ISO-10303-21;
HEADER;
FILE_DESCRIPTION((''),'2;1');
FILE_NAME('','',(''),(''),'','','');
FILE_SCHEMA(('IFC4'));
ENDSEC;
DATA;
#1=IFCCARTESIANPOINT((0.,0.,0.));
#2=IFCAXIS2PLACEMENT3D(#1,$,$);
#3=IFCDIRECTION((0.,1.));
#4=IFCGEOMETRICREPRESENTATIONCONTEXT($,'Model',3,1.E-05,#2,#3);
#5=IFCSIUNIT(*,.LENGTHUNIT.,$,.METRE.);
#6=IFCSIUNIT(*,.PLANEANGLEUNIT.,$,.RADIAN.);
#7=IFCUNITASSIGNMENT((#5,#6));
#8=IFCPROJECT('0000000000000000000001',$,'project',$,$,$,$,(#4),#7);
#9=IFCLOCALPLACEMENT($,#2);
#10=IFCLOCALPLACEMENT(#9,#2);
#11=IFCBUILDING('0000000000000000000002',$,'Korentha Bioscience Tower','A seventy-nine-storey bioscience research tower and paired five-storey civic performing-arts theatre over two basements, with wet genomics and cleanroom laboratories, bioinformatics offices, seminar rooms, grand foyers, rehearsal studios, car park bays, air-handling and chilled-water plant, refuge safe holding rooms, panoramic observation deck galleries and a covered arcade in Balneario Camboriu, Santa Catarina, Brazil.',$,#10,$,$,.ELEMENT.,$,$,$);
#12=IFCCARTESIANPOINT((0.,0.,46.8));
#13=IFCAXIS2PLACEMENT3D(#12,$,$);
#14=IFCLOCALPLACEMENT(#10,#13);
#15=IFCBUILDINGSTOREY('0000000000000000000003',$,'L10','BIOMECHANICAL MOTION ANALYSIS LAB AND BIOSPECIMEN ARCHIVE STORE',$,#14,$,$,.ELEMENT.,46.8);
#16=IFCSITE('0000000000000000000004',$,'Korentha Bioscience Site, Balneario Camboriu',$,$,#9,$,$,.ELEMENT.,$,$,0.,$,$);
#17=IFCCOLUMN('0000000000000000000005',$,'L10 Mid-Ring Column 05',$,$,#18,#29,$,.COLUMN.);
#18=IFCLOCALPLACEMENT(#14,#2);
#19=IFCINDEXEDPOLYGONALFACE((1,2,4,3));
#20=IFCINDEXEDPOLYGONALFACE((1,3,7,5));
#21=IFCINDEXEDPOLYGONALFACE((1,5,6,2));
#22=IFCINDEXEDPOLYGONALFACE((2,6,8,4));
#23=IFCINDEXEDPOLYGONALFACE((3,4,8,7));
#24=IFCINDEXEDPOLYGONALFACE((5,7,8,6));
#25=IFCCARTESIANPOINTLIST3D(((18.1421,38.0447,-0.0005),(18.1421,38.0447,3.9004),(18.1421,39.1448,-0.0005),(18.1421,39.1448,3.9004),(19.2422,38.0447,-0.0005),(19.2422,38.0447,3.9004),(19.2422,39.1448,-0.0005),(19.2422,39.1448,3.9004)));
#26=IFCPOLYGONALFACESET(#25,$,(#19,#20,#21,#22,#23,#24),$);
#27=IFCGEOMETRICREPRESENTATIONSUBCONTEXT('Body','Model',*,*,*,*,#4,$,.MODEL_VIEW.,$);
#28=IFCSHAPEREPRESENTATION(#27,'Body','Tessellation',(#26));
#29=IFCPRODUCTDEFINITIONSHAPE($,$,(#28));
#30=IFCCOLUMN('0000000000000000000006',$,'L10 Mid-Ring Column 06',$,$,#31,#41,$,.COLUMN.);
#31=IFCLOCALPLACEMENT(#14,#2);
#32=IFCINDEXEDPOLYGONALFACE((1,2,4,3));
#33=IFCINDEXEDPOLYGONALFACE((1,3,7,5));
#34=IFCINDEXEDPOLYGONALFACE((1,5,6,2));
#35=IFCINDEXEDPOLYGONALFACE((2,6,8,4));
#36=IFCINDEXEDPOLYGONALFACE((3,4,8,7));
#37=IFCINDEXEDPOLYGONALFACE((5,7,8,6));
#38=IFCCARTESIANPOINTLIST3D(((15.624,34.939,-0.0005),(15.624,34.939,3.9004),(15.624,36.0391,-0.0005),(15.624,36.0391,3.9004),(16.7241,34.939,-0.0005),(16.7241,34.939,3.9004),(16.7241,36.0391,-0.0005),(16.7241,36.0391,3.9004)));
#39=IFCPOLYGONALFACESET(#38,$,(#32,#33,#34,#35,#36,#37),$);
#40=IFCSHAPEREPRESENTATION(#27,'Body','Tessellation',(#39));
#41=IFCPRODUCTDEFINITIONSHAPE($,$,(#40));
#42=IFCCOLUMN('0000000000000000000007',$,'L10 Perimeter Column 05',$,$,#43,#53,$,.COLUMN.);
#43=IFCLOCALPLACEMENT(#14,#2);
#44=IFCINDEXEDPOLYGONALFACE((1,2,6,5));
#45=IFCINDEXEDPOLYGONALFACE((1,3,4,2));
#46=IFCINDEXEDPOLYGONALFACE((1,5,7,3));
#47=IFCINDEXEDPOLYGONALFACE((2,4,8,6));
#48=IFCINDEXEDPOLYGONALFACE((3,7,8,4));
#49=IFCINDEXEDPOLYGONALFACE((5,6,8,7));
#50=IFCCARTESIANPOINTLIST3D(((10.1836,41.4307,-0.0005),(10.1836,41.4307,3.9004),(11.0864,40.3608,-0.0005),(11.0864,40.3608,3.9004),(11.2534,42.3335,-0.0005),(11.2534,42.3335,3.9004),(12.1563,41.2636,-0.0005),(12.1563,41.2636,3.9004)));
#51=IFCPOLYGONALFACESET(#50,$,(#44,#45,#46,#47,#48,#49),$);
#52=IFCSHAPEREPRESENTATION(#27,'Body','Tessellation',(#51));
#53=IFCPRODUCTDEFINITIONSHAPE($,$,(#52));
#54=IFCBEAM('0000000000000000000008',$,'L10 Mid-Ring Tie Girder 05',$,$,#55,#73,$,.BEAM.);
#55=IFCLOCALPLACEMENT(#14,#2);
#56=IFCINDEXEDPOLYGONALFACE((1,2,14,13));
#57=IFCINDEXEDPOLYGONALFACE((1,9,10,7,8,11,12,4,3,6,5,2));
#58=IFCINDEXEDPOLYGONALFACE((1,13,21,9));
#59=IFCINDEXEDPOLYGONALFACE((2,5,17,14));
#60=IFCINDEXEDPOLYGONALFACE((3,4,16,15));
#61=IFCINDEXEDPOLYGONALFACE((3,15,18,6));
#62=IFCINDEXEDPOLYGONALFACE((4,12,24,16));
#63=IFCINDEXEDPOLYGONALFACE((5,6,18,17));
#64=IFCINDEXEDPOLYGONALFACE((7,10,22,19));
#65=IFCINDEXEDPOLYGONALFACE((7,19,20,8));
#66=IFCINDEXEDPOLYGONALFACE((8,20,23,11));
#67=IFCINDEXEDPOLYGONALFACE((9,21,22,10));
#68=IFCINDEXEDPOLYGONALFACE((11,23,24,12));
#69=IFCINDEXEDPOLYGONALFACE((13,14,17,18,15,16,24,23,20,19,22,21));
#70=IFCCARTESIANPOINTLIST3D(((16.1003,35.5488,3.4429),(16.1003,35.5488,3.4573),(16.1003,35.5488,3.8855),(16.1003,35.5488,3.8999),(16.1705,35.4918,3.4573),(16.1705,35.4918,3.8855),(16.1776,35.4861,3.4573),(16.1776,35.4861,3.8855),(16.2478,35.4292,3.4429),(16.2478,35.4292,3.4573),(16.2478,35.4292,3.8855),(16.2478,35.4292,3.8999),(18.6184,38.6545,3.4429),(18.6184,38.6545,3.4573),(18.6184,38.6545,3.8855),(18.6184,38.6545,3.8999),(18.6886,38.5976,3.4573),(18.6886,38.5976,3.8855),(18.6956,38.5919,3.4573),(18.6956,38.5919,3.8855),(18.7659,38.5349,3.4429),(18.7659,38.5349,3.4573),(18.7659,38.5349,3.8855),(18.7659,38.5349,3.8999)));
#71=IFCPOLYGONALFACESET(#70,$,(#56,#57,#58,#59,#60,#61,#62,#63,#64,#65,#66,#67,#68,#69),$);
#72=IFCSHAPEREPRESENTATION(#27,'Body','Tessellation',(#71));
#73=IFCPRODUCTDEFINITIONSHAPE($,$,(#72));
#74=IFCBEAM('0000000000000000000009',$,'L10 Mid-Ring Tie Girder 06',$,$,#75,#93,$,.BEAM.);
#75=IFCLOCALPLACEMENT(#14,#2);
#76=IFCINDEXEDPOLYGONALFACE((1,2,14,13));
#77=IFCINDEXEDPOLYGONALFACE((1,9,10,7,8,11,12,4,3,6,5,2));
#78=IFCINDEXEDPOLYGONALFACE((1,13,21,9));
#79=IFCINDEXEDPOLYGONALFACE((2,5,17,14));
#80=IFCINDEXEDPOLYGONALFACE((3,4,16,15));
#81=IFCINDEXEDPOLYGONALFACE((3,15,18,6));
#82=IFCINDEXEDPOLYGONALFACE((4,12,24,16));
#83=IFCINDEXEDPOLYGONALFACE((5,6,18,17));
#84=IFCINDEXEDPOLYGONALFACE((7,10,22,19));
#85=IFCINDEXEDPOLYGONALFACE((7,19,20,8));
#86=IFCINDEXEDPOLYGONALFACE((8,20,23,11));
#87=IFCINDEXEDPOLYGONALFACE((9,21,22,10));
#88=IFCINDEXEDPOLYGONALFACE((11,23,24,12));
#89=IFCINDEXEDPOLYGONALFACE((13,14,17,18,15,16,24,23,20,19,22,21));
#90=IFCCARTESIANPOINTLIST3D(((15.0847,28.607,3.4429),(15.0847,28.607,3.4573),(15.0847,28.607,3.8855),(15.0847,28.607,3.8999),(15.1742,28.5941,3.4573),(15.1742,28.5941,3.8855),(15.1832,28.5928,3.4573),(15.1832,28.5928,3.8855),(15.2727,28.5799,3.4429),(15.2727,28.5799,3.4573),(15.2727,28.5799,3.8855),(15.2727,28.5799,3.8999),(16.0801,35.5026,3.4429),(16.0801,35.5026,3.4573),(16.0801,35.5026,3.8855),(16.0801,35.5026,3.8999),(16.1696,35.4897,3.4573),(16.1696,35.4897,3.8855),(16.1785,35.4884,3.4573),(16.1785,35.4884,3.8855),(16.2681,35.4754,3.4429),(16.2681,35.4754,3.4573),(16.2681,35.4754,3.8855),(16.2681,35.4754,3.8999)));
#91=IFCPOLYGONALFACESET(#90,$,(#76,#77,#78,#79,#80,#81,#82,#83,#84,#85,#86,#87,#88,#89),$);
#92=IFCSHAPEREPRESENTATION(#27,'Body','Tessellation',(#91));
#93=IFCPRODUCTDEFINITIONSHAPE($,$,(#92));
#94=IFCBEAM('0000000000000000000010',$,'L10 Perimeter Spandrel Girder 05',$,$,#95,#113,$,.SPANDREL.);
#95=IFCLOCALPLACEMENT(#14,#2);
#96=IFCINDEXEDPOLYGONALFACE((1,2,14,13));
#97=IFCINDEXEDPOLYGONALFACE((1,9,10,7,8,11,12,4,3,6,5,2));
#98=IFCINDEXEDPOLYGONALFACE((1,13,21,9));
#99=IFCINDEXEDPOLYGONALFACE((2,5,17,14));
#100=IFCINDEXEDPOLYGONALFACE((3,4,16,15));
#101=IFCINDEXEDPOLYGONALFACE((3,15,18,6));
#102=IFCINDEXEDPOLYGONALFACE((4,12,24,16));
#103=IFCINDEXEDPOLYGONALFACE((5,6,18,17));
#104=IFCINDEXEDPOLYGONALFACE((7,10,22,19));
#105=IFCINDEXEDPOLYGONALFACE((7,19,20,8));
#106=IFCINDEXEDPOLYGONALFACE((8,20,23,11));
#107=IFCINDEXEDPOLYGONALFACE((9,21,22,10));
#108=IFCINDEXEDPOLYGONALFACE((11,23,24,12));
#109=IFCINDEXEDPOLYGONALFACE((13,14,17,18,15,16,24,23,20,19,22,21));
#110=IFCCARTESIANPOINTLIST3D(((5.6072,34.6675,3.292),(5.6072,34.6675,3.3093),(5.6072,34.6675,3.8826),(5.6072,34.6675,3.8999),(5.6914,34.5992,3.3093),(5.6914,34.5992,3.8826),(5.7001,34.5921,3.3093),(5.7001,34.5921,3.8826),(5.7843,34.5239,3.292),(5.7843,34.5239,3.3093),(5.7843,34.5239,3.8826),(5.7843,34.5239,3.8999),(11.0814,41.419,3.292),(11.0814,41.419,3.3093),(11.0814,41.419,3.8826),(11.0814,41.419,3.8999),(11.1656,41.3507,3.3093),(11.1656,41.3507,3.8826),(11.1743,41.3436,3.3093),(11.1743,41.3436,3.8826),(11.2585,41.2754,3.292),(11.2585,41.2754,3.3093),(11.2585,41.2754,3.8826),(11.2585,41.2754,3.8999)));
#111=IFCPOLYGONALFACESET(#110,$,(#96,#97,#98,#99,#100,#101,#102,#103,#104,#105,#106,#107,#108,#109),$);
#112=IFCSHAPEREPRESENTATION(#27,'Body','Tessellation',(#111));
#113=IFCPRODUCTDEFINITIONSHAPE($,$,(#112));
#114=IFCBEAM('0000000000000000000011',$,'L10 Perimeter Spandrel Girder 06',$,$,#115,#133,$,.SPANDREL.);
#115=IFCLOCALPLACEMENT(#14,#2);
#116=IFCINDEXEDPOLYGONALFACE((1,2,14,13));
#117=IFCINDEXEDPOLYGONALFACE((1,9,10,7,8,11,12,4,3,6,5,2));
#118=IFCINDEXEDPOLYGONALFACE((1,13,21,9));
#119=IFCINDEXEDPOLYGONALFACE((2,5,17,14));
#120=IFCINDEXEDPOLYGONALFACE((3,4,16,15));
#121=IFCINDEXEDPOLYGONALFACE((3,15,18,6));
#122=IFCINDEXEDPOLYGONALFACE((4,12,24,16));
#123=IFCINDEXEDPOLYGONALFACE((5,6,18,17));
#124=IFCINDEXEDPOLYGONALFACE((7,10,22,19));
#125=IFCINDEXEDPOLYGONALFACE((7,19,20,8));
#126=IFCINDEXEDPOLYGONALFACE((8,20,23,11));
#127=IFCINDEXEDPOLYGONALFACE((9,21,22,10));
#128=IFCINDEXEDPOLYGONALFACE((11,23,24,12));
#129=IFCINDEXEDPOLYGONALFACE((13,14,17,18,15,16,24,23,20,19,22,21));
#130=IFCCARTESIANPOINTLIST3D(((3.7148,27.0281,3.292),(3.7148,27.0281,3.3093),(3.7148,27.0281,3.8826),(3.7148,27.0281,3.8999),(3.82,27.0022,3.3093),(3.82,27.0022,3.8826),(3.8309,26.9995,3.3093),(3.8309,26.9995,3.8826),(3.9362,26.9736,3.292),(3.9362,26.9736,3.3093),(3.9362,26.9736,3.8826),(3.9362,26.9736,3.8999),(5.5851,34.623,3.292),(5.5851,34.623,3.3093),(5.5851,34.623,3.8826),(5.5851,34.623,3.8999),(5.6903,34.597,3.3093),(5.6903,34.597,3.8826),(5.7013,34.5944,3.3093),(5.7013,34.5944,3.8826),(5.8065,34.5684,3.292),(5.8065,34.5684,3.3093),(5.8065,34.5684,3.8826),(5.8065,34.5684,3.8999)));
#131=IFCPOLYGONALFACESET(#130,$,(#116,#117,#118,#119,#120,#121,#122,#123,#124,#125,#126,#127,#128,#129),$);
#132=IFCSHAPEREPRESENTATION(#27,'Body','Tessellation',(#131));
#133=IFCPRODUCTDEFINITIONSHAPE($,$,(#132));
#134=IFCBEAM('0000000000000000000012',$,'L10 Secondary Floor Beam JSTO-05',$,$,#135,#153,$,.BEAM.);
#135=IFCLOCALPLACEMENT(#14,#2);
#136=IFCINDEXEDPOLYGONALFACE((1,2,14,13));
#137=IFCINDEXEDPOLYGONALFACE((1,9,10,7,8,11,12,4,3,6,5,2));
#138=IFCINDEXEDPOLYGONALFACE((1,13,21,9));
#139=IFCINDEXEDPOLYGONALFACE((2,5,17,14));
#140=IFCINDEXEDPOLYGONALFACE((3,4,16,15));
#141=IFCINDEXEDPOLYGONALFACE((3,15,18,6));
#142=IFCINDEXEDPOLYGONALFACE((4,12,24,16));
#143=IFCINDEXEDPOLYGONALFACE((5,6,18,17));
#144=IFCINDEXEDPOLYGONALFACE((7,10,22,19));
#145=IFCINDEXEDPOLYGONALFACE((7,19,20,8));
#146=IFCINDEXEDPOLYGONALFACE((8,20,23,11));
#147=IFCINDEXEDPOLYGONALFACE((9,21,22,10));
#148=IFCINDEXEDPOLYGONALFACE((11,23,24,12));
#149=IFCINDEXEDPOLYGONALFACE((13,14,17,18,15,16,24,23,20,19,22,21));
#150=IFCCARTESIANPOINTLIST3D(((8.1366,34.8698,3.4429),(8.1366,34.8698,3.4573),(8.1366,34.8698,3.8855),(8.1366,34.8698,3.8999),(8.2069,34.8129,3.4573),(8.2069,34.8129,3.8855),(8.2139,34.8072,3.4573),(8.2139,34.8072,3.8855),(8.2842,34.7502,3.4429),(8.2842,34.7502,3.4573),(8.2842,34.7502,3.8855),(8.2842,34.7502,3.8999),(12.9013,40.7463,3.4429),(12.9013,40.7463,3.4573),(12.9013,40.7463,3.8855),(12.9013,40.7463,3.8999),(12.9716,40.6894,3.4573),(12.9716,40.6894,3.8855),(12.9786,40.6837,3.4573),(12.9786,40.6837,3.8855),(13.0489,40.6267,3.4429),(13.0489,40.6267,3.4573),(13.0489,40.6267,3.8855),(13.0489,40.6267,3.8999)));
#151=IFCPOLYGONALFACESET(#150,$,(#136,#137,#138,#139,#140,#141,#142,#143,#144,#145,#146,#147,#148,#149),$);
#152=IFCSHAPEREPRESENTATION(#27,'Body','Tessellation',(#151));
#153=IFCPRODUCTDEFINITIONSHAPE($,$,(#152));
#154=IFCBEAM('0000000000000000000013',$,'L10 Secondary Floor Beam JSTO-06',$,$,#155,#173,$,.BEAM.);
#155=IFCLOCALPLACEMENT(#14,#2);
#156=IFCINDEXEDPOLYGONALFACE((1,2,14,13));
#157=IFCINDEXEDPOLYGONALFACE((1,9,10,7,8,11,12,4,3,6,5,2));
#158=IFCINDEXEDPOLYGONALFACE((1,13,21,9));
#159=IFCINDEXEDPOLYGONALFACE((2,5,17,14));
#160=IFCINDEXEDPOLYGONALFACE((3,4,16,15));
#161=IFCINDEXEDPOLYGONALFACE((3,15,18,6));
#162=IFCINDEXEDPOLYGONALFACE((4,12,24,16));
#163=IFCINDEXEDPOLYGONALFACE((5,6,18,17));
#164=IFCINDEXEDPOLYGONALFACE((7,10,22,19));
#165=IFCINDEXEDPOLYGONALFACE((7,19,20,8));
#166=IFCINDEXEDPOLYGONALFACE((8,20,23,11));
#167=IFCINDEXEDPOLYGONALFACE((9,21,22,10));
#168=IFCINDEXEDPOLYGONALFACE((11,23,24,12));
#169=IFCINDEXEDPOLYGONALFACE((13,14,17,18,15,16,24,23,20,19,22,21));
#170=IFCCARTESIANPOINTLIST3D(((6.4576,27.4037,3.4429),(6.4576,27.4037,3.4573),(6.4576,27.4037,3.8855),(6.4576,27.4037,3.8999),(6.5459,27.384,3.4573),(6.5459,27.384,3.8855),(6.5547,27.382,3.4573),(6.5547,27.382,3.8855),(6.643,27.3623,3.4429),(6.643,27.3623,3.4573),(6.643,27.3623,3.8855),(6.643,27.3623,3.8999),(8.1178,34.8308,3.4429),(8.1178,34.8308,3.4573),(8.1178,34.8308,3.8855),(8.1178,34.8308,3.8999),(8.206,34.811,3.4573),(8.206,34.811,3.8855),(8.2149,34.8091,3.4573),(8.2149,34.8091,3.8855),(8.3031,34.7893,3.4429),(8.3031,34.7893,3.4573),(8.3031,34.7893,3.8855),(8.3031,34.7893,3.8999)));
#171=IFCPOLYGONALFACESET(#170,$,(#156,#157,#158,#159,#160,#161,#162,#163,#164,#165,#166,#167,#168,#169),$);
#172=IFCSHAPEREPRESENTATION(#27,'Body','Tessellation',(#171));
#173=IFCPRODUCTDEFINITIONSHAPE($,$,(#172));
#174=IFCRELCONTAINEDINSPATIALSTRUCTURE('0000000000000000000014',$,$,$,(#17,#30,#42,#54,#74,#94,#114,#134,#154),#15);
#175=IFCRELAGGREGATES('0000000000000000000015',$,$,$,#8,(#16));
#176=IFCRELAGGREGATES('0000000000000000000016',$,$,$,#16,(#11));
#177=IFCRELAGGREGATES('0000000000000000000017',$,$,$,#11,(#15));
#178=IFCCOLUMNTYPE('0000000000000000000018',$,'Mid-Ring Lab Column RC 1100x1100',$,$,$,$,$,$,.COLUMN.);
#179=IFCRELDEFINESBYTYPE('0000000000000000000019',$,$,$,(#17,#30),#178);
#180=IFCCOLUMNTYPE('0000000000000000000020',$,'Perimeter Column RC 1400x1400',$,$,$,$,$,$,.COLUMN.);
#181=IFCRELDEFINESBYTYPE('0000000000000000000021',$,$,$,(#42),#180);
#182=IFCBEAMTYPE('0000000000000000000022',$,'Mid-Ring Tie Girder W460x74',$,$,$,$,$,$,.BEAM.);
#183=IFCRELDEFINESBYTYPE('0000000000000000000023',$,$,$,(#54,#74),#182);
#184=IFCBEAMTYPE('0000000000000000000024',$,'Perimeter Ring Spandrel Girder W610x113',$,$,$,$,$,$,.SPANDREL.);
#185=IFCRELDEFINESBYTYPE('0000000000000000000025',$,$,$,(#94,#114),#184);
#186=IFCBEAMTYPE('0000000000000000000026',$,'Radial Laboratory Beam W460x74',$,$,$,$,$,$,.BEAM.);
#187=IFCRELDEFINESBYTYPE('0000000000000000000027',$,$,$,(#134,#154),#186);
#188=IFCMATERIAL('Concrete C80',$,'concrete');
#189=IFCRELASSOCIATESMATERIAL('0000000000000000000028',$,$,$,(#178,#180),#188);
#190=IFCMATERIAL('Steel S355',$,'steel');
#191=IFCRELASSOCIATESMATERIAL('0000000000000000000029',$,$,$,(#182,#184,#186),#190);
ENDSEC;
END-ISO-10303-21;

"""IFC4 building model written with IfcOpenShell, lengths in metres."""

from ifc_helpers import new_model, si_unit, direction, frame, origin, origin_2d, place, context, subcontext, project, spatial, rectangle, i_section, extrude, material, material_profile, profile_set, type_object, element, save


model = new_model("IFC4")

# Units and contexts
model_context = context("Model", 3, precision=1e-05, world=origin(), true_north=direction((0.0, 1.0)))
body_context = subcontext(model_context, "Body", "Model", "MODEL_VIEW")
ifc_project = project(units=[si_unit("LENGTHUNIT", "METRE"), si_unit("PLANEANGLEUNIT", "RADIAN")], contexts=[model_context])

# Site, building, storey
site_placement = place(None, origin())
site = spatial("IfcSite", under=ifc_project, at=site_placement, Name="Korentha Bioscience Site, Balneario Camboriu", CompositionType="ELEMENT", RefElevation=0.0)
building_placement = place(site_placement, origin())
building = spatial("IfcBuilding", under=site, at=building_placement, Name="Korentha Bioscience Tower", Description="A seventy-nine-storey bioscience research tower and paired five-storey civic performing-arts theatre over two basements, with wet genomics and cleanroom laboratories, bioinformatics offices, seminar rooms, grand foyers, rehearsal studios, car park bays, air-handling and chilled-water plant, refuge safe holding rooms, panoramic observation deck galleries and a covered arcade in Balneario Camboriu, Santa Catarina, Brazil.", CompositionType="ELEMENT")
storey_placement = place(building_placement, frame((0.0, 0.0, 46.8)))
storey = spatial("IfcBuildingStorey", under=building, at=storey_placement, Name="L10", Description="BIOMECHANICAL MOTION ANALYSIS LAB AND BIOSPECIMEN ARCHIVE STORE", CompositionType="ELEMENT", Elevation=46.8)

# Columns
ifc_material_1 = material(Name="Concrete C80", Category="concrete")
ifc_material_profile_1 = material_profile(ifc_material_1, rectangle(XDim=1.1001, YDim=1.1001, at=origin_2d()), Name="Concrete C80")
ifc_profile_set_1 = profile_set([ifc_material_profile_1], Name="Concrete C80 (COL-MR11)")
column_type_1 = type_object("IfcColumnType", Name="Mid-Ring Lab Column RC 1100x1100", PredefinedType="COLUMN", material=ifc_profile_set_1)
for number, where, z_axis, x_axis, name in (
    (1, (18.6921, 38.5947, -0.0005), (0.0, 0.0, 1.0), (1.0, 0.0, 0.0), "L10 Mid-Ring Column 05"),
    (2, (16.1741, 35.489, -0.0005), (0.0, 0.0, 1.0), (1.0, 0.0, 0.0), "L10 Mid-Ring Column 06"),
):
    element("IfcColumn", number, at=place(storey_placement, frame(where, z_axis=z_axis, x_axis=x_axis)), inside=storey, type_object=column_type_1, Name=name, PredefinedType="COLUMN", context=body_context, shape_type="SweptSolid", body=[
        extrude(rectangle(XDim=1.1001, YDim=1.1001, at=origin_2d()), origin(), (0.0, 0.0, 1.0), 3.9009),
    ])
ifc_material_profile_2 = material_profile(ifc_material_1, rectangle(XDim=1.3999, YDim=1.3999, at=origin_2d()), Name="Concrete C80")
ifc_profile_set_2 = profile_set([ifc_material_profile_2], Name="Concrete C80 (COL-P14)")
column_type_2 = type_object("IfcColumnType", Name="Perimeter Column RC 1400x1400", PredefinedType="COLUMN", material=ifc_profile_set_2)
column_placement = place(storey_placement, frame((11.1699, 41.3472, -0.0005), z_axis=(0.0, 0.0, 1.0), x_axis=(0.764246, 0.644924, 0.0)))
element("IfcColumn", 3, at=column_placement, inside=storey, type_object=column_type_2, Name="L10 Perimeter Column 05", PredefinedType="COLUMN", context=body_context, shape_type="SweptSolid", body=[
    extrude(rectangle(XDim=1.3999, YDim=1.3999, at=origin_2d()), origin(), (0.0, 0.0, 1.0), 3.9009),
])

# Beams
ifc_material_2 = material(Name="Steel S355", Category="steel")
ifc_material_profile_3 = material_profile(ifc_material_2, i_section(OverallWidth=0.1899, OverallDepth=0.457, WebThickness=0.009, FlangeThickness=0.0144, at=origin_2d()), Name="Steel S355")
ifc_profile_set_3 = profile_set([ifc_material_profile_3], Name="Steel S355 (MB-460)")
beam_type_1 = type_object("IfcBeamType", Name="Mid-Ring Tie Girder W460x74", PredefinedType="BEAM", material=ifc_profile_set_3)
beam_1_placement = place(storey_placement, frame((18.6921, 38.5947, 3.6714), z_axis=(-0.62979, -0.776765, 0.0), x_axis=(0.776765, -0.62979, 0.0)))
element("IfcBeam", 4, at=beam_1_placement, inside=storey, type_object=beam_type_1, Name="L10 Mid-Ring Tie Girder 05", PredefinedType="BEAM", context=body_context, shape_type="SweptSolid", body=[
    extrude(i_section(OverallWidth=0.1899, OverallDepth=0.457, WebThickness=0.009, FlangeThickness=0.0144, at=origin_2d()), origin(), (0.0, 0.0, 1.0), 3.9983),
])
beam_2_placement = place(storey_placement, frame((16.1741, 35.489, 3.6714), z_axis=(-0.142868, -0.989742, 0.0), x_axis=(0.989742, -0.142868, 0.0)))
element("IfcBeam", 5, at=beam_2_placement, inside=storey, type_object=beam_type_1, Name="L10 Mid-Ring Tie Girder 06", PredefinedType="BEAM", context=body_context, shape_type="SweptSolid", body=[
    extrude(i_section(OverallWidth=0.1899, OverallDepth=0.457, WebThickness=0.009, FlangeThickness=0.0144, at=origin_2d()), origin(), (0.0, 0.0, 1.0), 6.967),
])
ifc_material_profile_4 = material_profile(ifc_material_2, i_section(OverallWidth=0.228, OverallDepth=0.6079, WebThickness=0.0112, FlangeThickness=0.0173, at=origin_2d()), Name="Steel S355")
ifc_profile_set_4 = profile_set([ifc_material_profile_4], Name="Steel S355 (SB-610)")
beam_type_2 = type_object("IfcBeamType", Name="Perimeter Ring Spandrel Girder W610x113", PredefinedType="SPANDREL", material=ifc_profile_set_4)
beam_3_placement = place(storey_placement, frame((11.1699, 41.3472, 3.5959), z_axis=(-0.629799, -0.776758, 0.0), x_axis=(0.776758, -0.629799, 0.0)))
element("IfcBeam", 6, at=beam_3_placement, inside=storey, type_object=beam_type_2, Name="L10 Perimeter Spandrel Girder 05", PredefinedType="SPANDREL", context=body_context, shape_type="SweptSolid", body=[
    extrude(i_section(OverallWidth=0.228, OverallDepth=0.6079, WebThickness=0.0112, FlangeThickness=0.0173, at=origin_2d()), origin(), (0.0, 0.0, 1.0), 8.6919),
])
beam_4_placement = place(storey_placement, frame((5.6958, 34.5957, 3.5959), z_axis=(-0.239119, -0.97099, 0.0), x_axis=(0.97099, -0.239119, 0.0)))
element("IfcBeam", 7, at=beam_4_placement, inside=storey, type_object=beam_type_2, Name="L10 Perimeter Spandrel Girder 06", PredefinedType="SPANDREL", context=body_context, shape_type="SweptSolid", body=[
    extrude(i_section(OverallWidth=0.228, OverallDepth=0.6079, WebThickness=0.0112, FlangeThickness=0.0173, at=origin_2d()), origin(), (0.0, 0.0, 1.0), 7.8218),
])
ifc_material_profile_5 = material_profile(ifc_material_2, i_section(OverallWidth=0.1899, OverallDepth=0.457, WebThickness=0.009, FlangeThickness=0.0144, at=origin_2d()), Name="Steel S355")
ifc_profile_set_5 = profile_set([ifc_material_profile_5], Name="Steel S355 (RB-460)")
beam_type_3 = type_object("IfcBeamType", Name="Radial Laboratory Beam W460x74", PredefinedType="BEAM", material=ifc_profile_set_5)
beam_5_placement = place(storey_placement, frame((12.9751, 40.6865, 3.6714), z_axis=(-0.629798, -0.776759, 0.0), x_axis=(0.776759, -0.629798, 0.0)))
element("IfcBeam", 8, at=beam_5_placement, inside=storey, type_object=beam_type_3, Name="L10 Secondary Floor Beam JSTO-05", PredefinedType="BEAM", context=body_context, shape_type="SweptSolid", body=[
    extrude(i_section(OverallWidth=0.1899, OverallDepth=0.457, WebThickness=0.009, FlangeThickness=0.0144, at=origin_2d()), origin(), (0.0, 0.0, 1.0), 7.5654),
])
beam_6_placement = place(storey_placement, frame((8.2104, 34.8101, 3.6714), z_axis=(-0.218146, -0.975916, 0.0), x_axis=(0.975916, -0.218146, 0.0)))
element("IfcBeam", 9, at=beam_6_placement, inside=storey, type_object=beam_type_3, Name="L10 Secondary Floor Beam JSTO-06", PredefinedType="BEAM", context=body_context, shape_type="SweptSolid", body=[
    extrude(i_section(OverallWidth=0.1899, OverallDepth=0.457, WebThickness=0.009, FlangeThickness=0.0144, at=origin_2d()), origin(), (0.0, 0.0, 1.0), 7.6104),
])

save(model, "model.ifc")
